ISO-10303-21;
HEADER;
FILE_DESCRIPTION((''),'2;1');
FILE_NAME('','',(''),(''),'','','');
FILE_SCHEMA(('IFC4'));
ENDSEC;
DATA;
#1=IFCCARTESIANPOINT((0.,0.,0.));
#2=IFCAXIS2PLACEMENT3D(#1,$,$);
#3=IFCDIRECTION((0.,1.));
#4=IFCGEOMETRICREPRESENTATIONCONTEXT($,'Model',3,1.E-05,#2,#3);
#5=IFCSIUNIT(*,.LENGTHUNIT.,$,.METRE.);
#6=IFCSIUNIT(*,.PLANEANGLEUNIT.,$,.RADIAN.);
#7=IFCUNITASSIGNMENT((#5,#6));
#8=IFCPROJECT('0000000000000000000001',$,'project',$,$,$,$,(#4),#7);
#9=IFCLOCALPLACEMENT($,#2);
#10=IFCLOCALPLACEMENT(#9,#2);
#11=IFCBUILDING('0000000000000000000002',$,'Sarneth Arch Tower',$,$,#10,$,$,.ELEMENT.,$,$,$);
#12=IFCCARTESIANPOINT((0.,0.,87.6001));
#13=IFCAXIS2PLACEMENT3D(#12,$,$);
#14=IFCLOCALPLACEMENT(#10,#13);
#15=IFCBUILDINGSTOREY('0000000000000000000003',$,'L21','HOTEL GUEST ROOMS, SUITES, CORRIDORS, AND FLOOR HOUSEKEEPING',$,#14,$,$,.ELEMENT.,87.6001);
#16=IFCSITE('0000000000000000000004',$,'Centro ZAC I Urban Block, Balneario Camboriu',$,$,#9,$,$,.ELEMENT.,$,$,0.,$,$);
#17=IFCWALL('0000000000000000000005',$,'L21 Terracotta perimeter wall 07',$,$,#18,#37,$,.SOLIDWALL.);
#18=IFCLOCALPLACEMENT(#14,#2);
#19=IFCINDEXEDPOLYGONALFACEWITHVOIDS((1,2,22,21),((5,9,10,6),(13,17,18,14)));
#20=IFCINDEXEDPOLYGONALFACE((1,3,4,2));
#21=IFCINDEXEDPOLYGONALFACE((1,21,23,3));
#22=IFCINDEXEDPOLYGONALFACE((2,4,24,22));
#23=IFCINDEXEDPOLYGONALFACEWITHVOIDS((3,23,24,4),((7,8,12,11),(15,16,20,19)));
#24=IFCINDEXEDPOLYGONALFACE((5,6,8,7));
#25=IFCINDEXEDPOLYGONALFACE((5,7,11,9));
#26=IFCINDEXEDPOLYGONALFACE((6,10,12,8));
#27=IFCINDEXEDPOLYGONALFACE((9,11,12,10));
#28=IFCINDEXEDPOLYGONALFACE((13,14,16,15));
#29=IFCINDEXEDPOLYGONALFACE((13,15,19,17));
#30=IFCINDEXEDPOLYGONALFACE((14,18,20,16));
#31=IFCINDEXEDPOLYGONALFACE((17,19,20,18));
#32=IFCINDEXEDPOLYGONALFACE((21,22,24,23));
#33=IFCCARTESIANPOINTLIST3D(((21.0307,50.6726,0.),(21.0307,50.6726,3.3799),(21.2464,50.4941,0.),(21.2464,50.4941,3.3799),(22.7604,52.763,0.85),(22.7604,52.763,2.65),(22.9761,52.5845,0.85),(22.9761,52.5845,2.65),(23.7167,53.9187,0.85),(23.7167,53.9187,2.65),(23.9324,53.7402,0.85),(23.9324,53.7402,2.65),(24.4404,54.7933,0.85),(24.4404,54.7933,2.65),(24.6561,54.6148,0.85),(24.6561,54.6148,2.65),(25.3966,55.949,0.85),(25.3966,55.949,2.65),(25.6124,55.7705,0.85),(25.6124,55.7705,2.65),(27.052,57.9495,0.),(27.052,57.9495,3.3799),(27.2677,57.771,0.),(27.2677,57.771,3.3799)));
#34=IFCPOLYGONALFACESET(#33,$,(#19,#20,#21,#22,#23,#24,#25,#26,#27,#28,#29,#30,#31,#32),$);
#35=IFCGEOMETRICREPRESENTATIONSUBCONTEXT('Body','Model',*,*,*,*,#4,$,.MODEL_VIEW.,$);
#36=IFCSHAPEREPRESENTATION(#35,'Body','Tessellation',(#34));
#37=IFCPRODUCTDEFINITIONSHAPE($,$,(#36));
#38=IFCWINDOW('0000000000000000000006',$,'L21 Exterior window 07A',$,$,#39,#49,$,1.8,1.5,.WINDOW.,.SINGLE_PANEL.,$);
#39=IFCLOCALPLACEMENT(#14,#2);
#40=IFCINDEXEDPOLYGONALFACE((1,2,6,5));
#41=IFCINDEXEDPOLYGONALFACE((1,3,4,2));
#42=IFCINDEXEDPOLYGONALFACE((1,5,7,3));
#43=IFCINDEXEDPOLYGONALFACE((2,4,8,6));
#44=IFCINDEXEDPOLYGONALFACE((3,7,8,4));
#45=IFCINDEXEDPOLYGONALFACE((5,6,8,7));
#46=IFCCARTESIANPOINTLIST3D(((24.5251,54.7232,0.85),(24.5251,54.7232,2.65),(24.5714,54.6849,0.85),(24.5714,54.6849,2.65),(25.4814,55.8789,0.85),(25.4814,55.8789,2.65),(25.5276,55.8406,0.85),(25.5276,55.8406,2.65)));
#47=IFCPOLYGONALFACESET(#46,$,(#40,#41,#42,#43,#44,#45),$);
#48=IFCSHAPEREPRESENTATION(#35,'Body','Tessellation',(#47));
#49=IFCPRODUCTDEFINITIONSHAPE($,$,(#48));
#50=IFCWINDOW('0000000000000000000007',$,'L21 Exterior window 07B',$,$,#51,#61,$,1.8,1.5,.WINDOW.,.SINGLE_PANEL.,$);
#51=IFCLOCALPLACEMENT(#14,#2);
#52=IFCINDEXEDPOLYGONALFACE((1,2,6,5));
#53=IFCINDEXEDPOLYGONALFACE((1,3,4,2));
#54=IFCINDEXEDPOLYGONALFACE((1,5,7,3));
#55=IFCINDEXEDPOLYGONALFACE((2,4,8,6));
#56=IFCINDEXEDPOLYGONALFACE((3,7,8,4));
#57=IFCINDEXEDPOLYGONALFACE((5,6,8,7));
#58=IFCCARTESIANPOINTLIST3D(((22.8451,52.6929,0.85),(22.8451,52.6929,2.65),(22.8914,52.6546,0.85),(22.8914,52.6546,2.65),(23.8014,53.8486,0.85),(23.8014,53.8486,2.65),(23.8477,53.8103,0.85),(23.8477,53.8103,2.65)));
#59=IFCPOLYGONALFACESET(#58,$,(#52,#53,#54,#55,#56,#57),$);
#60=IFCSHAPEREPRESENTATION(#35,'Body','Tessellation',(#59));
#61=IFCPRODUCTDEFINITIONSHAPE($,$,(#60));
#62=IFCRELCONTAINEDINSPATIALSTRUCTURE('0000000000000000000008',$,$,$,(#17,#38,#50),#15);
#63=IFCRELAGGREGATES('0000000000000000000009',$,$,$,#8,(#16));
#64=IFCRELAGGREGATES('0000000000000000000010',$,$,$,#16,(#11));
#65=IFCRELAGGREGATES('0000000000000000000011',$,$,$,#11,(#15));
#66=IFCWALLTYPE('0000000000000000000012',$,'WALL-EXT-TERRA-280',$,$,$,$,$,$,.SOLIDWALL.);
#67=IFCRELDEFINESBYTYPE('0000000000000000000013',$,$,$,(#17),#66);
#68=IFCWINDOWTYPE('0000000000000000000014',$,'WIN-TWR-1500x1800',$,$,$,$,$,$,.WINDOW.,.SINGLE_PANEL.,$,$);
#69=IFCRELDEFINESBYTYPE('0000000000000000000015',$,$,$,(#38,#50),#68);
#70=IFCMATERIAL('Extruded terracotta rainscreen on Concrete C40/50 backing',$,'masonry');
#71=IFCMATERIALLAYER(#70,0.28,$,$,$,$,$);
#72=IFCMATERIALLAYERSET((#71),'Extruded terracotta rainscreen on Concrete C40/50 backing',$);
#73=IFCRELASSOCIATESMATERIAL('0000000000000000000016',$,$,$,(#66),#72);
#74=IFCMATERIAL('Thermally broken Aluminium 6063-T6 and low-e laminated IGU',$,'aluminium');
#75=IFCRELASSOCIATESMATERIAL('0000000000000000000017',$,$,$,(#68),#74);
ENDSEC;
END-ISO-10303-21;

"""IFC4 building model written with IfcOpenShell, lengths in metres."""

from ifc_helpers import new_model, si_unit, direction, frame, frame_2d, origin, place, context, subcontext, project, spatial, rectangle, extrude, material, layer, layer_set, type_object, element, fill, save


model = new_model("IFC4")

# Units and contexts
model_context = context("Model", 3, precision=1e-05, world=origin(), true_north=direction((0.0, 1.0)))
body_context = subcontext(model_context, "Body", "Model", "MODEL_VIEW")
ifc_project = project(units=[si_unit("LENGTHUNIT", "METRE"), si_unit("PLANEANGLEUNIT", "RADIAN")], contexts=[model_context])

# Site, building, storey
site_placement = place(None, origin())
site = spatial("IfcSite", under=ifc_project, at=site_placement, Name="Centro ZAC I Urban Block, Balneario Camboriu", CompositionType="ELEMENT", RefElevation=0.0)
building_placement = place(site_placement, origin())
building = spatial("IfcBuilding", under=site, at=building_placement, Name="Sarneth Arch Tower", CompositionType="ELEMENT")
storey_placement = place(building_placement, frame((0.0, 0.0, 87.6001)))
storey = spatial("IfcBuildingStorey", under=building, at=storey_placement, Name="L21", Description="HOTEL GUEST ROOMS, SUITES, CORRIDORS, AND FLOOR HOUSEKEEPING", CompositionType="ELEMENT", Elevation=87.6001)

# Wall, openings, windows
ifc_material_1 = material(Name="Extruded terracotta rainscreen on Concrete C40/50 backing", Category="masonry")
ifc_layer_1 = layer(ifc_material_1, 0.28)
ifc_layer_set_1 = layer_set([ifc_layer_1], Name="Extruded terracotta rainscreen on Concrete C40/50 backing")
wall_type = type_object("IfcWallType", Name="WALL-EXT-TERRA-280", PredefinedType="SOLIDWALL", material=ifc_layer_set_1)
wall_placement = place(storey_placement, frame((27.1599, 57.8604, 0.0), z_axis=(0.0, 0.0, 1.0), x_axis=(-0.637506, -0.770446, 0.0)))
wall = element("IfcWall", 1, at=wall_placement, inside=storey, type_object=wall_type, Name="L21 Terracotta perimeter wall 07", PredefinedType="SOLIDWALL", context=body_context, shape_type="SweptSolid", body=[
    extrude(rectangle(XDim=9.4451, YDim=0.28, at=frame_2d((4.7227, 0.0))), origin(), (0.0, 0.0, 1.0), 3.3799),
])
opening_1_placement = place(wall_placement, frame((2.5967, 0.0, 0.8501)))
opening_1 = element("IfcOpeningElement", 2, at=opening_1_placement, cuts=wall, PredefinedType="OPENING", context=body_context, shape_type="SweptSolid", body=[
    extrude(rectangle(XDim=1.5, YDim=1.8, at=frame_2d((0.75, 0.8999))), frame((0.0, 0.1499, 0.0), z_axis=(0.0, -1.0, 0.0), x_axis=(1.0, 0.0, 0.0)), (0.0, 0.0, 1.0), 0.3),
])
opening_2_placement = place(wall_placement, frame((5.2319, 0.0, 0.8501)))
opening_2 = element("IfcOpeningElement", 3, at=opening_2_placement, cuts=wall, PredefinedType="OPENING", context=body_context, shape_type="SweptSolid", body=[
    extrude(rectangle(XDim=1.5, YDim=1.8, at=frame_2d((0.75, 0.8999))), frame((0.0, 0.1499, 0.0), z_axis=(0.0, -1.0, 0.0), x_axis=(1.0, 0.0, 0.0)), (0.0, 0.0, 1.0), 0.3),
])
ifc_material_2 = material(Name="Thermally broken Aluminium 6063-T6 and low-e laminated IGU", Category="aluminium")
window_type = type_object("IfcWindowType", Name="WIN-TWR-1500x1800", PartitioningType="SINGLE_PANEL", PredefinedType="WINDOW", material=ifc_material_2)
window_1_placement = place(opening_1_placement, origin())
window_1 = element("IfcWindow", 4, at=window_1_placement, inside=storey, type_object=window_type, Name="L21 Exterior window 07A", OverallHeight=1.8, OverallWidth=1.5, PartitioningType="SINGLE_PANEL", PredefinedType="WINDOW", context=body_context, shape_type="SweptSolid", body=[
    extrude(rectangle(XDim=1.5, YDim=1.8, at=frame_2d((0.75, 0.8999))), frame((0.0, 0.03, 0.0), z_axis=(0.0, -1.0, 0.0), x_axis=(1.0, 0.0, 0.0)), (0.0, 0.0, 1.0), 0.0601),
])
fill(opening_1, window_1)
window_2_placement = place(opening_2_placement, origin())
window_2 = element("IfcWindow", 5, at=window_2_placement, inside=storey, type_object=window_type, Name="L21 Exterior window 07B", OverallHeight=1.8, OverallWidth=1.5, PartitioningType="SINGLE_PANEL", PredefinedType="WINDOW", context=body_context, shape_type="SweptSolid", body=[
    extrude(rectangle(XDim=1.5, YDim=1.8, at=frame_2d((0.75, 0.8999))), frame((0.0, 0.03, 0.0), z_axis=(0.0, -1.0, 0.0), x_axis=(1.0, 0.0, 0.0)), (0.0, 0.0, 1.0), 0.0601),
])
fill(opening_2, window_2)

save(model, "model.ifc")
